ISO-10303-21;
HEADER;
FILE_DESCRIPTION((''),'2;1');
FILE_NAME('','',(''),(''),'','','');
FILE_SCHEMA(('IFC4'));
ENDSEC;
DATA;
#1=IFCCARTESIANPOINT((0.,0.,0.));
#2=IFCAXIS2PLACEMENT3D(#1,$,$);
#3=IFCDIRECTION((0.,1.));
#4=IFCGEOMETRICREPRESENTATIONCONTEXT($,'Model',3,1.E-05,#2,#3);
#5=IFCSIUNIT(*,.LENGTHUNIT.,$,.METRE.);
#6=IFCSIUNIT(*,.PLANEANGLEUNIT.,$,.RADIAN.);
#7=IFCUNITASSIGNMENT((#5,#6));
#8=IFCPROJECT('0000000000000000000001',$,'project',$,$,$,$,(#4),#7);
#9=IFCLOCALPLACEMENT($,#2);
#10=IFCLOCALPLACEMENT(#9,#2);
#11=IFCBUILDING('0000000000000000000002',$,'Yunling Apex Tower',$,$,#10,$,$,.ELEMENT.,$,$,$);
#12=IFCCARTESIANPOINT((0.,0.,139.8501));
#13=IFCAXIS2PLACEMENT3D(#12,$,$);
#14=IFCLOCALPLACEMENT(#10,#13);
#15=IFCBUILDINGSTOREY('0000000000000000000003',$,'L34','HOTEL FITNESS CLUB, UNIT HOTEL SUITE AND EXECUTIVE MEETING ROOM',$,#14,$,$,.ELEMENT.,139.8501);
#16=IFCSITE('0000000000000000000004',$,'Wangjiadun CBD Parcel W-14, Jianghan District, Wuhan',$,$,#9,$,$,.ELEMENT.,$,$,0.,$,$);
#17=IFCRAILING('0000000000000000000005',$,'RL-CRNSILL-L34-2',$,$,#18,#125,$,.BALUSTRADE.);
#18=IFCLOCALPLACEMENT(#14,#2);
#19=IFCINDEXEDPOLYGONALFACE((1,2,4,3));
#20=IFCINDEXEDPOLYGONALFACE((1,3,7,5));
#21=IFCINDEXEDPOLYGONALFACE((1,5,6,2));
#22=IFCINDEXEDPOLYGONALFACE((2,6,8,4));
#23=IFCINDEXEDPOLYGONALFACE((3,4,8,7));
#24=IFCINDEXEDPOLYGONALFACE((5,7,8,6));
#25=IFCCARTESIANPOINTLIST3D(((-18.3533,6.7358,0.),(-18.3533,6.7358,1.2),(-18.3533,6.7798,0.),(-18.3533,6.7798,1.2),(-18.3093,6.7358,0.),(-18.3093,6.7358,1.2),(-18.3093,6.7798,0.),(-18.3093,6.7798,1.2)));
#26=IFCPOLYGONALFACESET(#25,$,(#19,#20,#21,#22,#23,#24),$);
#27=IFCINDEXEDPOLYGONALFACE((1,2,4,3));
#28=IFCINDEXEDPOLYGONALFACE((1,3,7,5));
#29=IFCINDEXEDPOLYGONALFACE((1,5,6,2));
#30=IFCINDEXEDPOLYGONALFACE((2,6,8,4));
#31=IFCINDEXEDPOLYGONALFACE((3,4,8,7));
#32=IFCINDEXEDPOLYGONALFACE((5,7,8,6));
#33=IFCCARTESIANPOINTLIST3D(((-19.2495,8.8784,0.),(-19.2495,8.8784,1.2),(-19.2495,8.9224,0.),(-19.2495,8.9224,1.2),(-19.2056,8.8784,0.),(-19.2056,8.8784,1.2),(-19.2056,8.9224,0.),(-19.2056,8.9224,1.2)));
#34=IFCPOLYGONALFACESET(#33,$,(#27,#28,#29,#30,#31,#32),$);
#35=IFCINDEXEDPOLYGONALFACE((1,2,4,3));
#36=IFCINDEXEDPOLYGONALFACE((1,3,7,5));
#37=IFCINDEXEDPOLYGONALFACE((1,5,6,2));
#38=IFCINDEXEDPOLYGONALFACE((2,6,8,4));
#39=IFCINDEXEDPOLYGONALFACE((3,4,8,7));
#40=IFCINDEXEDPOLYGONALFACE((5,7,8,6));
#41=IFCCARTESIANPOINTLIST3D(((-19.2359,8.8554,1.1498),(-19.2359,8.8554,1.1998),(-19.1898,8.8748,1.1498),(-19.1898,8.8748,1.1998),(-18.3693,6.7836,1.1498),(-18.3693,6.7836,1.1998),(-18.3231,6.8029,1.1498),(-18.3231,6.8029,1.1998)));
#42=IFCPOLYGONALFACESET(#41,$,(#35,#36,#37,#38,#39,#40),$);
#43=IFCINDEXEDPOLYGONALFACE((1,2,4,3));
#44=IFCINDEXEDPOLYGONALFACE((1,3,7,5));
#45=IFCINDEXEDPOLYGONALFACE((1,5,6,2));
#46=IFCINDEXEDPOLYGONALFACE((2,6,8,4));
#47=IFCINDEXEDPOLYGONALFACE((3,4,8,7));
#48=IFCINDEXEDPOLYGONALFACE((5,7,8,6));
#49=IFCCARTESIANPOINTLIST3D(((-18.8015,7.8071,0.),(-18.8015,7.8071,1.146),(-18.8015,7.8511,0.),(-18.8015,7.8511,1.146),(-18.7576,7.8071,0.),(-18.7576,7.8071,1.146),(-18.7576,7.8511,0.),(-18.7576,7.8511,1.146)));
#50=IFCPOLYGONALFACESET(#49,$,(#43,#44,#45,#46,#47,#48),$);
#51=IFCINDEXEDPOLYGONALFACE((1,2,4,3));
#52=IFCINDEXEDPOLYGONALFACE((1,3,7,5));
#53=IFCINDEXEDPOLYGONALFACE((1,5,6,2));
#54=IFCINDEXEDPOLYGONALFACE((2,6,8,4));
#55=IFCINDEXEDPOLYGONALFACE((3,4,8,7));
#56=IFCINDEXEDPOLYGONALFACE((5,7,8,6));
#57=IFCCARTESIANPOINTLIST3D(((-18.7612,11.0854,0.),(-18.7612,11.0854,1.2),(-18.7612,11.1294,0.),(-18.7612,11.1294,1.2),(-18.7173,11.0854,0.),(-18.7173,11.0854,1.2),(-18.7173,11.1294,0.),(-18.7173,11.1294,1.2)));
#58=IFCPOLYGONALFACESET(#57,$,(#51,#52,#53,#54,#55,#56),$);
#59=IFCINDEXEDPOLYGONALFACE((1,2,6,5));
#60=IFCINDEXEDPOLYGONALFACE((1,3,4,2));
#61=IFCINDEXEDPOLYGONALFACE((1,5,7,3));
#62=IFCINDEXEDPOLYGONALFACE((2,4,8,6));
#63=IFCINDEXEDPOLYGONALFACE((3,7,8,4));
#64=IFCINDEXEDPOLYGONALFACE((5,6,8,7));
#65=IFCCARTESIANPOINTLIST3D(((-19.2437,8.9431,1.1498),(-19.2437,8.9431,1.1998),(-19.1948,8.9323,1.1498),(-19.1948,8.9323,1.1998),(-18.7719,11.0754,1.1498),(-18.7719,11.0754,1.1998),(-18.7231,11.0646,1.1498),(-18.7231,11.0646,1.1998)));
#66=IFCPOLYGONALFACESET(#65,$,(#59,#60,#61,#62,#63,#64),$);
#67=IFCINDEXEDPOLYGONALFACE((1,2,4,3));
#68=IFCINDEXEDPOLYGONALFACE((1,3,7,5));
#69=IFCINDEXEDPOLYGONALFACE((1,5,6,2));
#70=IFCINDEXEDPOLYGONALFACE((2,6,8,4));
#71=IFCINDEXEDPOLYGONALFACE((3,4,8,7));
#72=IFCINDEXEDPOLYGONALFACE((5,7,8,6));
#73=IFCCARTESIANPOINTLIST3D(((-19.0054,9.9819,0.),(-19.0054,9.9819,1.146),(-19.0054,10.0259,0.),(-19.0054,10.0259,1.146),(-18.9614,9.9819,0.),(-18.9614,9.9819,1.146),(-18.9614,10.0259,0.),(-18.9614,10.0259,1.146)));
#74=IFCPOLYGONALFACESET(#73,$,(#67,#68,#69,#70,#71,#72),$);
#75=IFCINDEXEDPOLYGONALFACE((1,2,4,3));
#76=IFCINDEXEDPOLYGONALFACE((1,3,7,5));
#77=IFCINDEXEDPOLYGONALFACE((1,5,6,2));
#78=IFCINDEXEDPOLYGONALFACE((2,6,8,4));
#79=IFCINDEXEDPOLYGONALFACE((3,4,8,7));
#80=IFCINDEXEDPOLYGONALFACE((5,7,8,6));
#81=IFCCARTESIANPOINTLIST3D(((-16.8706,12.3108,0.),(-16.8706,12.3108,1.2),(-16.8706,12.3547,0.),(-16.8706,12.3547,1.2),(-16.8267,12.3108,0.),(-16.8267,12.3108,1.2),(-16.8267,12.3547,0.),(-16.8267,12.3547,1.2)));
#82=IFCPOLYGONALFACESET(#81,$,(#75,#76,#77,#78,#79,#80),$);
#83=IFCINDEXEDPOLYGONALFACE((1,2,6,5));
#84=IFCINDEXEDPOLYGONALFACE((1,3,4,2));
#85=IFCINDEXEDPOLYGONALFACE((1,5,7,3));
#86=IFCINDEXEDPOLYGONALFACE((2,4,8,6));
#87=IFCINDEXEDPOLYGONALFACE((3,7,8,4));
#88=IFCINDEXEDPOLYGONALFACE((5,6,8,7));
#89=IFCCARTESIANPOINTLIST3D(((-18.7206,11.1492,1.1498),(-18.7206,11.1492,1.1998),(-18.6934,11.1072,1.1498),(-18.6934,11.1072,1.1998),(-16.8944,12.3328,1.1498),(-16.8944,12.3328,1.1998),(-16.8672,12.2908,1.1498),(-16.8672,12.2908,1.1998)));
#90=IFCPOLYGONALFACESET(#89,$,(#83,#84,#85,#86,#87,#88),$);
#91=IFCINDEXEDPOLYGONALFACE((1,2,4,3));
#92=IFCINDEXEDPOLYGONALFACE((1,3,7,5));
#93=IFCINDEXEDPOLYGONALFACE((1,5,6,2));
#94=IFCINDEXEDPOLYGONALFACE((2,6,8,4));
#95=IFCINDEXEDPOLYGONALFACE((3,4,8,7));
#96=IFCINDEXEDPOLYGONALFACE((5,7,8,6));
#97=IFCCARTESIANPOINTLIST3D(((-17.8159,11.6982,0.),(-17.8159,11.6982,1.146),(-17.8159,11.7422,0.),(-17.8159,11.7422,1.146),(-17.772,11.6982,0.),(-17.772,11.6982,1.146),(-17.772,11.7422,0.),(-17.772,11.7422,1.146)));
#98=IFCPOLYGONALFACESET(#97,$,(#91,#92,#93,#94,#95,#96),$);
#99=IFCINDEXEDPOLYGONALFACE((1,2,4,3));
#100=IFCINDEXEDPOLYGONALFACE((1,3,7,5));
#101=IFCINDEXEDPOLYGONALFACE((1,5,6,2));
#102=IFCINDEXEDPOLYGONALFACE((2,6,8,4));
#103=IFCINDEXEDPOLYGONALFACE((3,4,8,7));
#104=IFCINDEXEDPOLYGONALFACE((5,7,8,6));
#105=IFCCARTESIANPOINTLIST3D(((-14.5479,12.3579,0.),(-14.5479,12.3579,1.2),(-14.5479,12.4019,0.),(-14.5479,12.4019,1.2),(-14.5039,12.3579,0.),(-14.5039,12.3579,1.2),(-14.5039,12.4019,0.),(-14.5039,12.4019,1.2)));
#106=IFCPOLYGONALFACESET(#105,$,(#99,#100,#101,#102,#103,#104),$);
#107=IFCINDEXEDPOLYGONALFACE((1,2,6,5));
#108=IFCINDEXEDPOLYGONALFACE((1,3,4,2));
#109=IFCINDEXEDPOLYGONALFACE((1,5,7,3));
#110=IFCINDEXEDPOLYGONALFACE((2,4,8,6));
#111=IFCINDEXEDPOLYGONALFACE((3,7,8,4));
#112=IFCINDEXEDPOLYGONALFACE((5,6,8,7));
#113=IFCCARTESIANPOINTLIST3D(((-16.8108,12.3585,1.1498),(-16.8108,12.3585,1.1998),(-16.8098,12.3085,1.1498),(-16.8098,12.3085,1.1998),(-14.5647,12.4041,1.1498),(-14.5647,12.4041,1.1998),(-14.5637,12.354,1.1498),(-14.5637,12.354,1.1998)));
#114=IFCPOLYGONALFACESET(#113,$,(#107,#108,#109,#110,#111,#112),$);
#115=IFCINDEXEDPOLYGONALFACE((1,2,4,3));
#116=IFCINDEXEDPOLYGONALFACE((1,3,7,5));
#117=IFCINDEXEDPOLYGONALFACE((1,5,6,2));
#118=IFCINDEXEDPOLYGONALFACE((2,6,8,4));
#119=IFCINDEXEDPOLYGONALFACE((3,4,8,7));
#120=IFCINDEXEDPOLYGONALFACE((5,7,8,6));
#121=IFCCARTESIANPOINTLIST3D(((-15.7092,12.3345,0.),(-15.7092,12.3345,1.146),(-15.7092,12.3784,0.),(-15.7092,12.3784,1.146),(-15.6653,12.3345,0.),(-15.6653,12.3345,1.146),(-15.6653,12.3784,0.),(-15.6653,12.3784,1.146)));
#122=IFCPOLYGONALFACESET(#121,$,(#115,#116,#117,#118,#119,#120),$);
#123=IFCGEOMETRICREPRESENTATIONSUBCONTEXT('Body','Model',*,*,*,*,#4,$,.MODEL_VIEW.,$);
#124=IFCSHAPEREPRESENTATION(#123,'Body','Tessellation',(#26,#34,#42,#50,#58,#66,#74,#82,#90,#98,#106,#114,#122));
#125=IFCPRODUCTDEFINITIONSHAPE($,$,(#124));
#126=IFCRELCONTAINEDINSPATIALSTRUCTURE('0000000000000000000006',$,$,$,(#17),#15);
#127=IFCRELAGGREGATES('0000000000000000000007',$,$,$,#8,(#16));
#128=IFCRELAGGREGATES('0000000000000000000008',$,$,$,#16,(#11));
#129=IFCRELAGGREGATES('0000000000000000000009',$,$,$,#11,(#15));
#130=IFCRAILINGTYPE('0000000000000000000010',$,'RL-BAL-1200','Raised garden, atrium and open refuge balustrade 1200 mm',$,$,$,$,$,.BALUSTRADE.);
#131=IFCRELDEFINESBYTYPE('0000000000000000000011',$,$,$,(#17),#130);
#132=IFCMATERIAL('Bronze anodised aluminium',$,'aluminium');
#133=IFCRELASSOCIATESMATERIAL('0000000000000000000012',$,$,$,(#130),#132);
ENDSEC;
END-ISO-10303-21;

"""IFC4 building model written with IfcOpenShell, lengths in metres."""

from ifc_helpers import new_model, si_unit, direction, frame, origin, origin_2d, place, context, subcontext, project, spatial, rectangle, extrude, material, type_object, element, save


model = new_model("IFC4")

# Units and contexts
model_context = context("Model", 3, precision=1e-05, world=origin(), true_north=direction((0.0, 1.0)))
body_context = subcontext(model_context, "Body", "Model", "MODEL_VIEW")
ifc_project = project(units=[si_unit("LENGTHUNIT", "METRE"), si_unit("PLANEANGLEUNIT", "RADIAN")], contexts=[model_context])

# Site, building, storey
site_placement = place(None, origin())
site = spatial("IfcSite", under=ifc_project, at=site_placement, Name="Wangjiadun CBD Parcel W-14, Jianghan District, Wuhan", CompositionType="ELEMENT", RefElevation=0.0)
building_placement = place(site_placement, origin())
building = spatial("IfcBuilding", under=site, at=building_placement, Name="Yunling Apex Tower", CompositionType="ELEMENT")
storey_placement = place(building_placement, frame((0.0, 0.0, 139.8501)))
storey = spatial("IfcBuildingStorey", under=building, at=storey_placement, Name="L34", Description="HOTEL FITNESS CLUB, UNIT HOTEL SUITE AND EXECUTIVE MEETING ROOM", CompositionType="ELEMENT", Elevation=139.8501)

# Shared definitions
ifc_material_1 = material(Name="Bronze anodised aluminium", Category="aluminium")

# Railing
railing_type = type_object("IfcRailingType", Name="RL-BAL-1200", Description="Raised garden, atrium and open refuge balustrade 1200 mm", PredefinedType="BALUSTRADE", material=ifc_material_1)
railing_placement = place(storey_placement, frame((-18.3313, 6.7578, 0.0)))
element("IfcRailing", 1, at=railing_placement, inside=storey, type_object=railing_type, Name="RL-CRNSILL-L34-2", PredefinedType="BALUSTRADE", context=body_context, shape_type="SweptSolid", body=[
    extrude(rectangle(XDim=0.0439, YDim=0.0439, at=origin_2d()), origin(), (0.0, 0.0, 1.0), 1.2),
    extrude(rectangle(XDim=0.0439, YDim=0.0439, at=origin_2d()), frame((-0.8962, 2.1426, 0.0)), (0.0, 0.0, 1.0), 1.2),
    extrude(rectangle(XDim=0.05, YDim=0.05, at=origin_2d()), frame((-0.0149, 0.0354, 1.1748), z_axis=(-0.385899, 0.922541, 0.0), x_axis=(-0.922541, -0.385899, 0.0)), (0.0, 0.0, 1.0), 2.2458),
    extrude(rectangle(XDim=0.0439, YDim=0.0439, at=origin_2d()), frame((-0.4482, 1.0713, 0.0)), (0.0, 0.0, 1.0), 1.146),
    extrude(rectangle(XDim=0.0439, YDim=0.0439, at=origin_2d()), frame((-0.408, 4.3496, 0.0)), (0.0, 0.0, 1.0), 1.2),
    extrude(rectangle(XDim=0.05, YDim=0.05, at=origin_2d()), frame((-0.8879, 2.1799, 1.1748), z_axis=(0.216015, 0.97639, 0.0), x_axis=(-0.97639, 0.216015, 0.0)), (0.0, 0.0, 1.0), 2.1838),
    extrude(rectangle(XDim=0.0439, YDim=0.0439, at=origin_2d()), frame((-0.6521, 3.2461, 0.0)), (0.0, 0.0, 1.0), 1.146),
    extrude(rectangle(XDim=0.0439, YDim=0.0439, at=origin_2d()), frame((1.4827, 5.575, 0.0)), (0.0, 0.0, 1.0), 1.2),
    extrude(rectangle(XDim=0.05, YDim=0.05, at=origin_2d()), frame((-0.3757, 4.3704, 1.1748), z_axis=(0.839166, 0.543876, 0.0), x_axis=(-0.543876, 0.839166, 0.0)), (0.0, 0.0, 1.0), 2.1763),
    extrude(rectangle(XDim=0.0439, YDim=0.0439, at=origin_2d()), frame((0.5374, 4.9624, 0.0)), (0.0, 0.0, 1.0), 1.146),
    extrude(rectangle(XDim=0.0439, YDim=0.0439, at=origin_2d()), frame((3.8054, 5.6221, 0.0)), (0.0, 0.0, 1.0), 1.2),
    extrude(rectangle(XDim=0.05, YDim=0.05, at=origin_2d()), frame((1.521, 5.5757, 1.1748), z_axis=(0.999794, 0.020282, 0.0), x_axis=(-0.020282, 0.999794, 0.0)), (0.0, 0.0, 1.0), 2.2466),
    extrude(rectangle(XDim=0.0439, YDim=0.0439, at=origin_2d()), frame((2.644, 5.5986, 0.0)), (0.0, 0.0, 1.0), 1.146),
])

save(model, "model.ifc")
